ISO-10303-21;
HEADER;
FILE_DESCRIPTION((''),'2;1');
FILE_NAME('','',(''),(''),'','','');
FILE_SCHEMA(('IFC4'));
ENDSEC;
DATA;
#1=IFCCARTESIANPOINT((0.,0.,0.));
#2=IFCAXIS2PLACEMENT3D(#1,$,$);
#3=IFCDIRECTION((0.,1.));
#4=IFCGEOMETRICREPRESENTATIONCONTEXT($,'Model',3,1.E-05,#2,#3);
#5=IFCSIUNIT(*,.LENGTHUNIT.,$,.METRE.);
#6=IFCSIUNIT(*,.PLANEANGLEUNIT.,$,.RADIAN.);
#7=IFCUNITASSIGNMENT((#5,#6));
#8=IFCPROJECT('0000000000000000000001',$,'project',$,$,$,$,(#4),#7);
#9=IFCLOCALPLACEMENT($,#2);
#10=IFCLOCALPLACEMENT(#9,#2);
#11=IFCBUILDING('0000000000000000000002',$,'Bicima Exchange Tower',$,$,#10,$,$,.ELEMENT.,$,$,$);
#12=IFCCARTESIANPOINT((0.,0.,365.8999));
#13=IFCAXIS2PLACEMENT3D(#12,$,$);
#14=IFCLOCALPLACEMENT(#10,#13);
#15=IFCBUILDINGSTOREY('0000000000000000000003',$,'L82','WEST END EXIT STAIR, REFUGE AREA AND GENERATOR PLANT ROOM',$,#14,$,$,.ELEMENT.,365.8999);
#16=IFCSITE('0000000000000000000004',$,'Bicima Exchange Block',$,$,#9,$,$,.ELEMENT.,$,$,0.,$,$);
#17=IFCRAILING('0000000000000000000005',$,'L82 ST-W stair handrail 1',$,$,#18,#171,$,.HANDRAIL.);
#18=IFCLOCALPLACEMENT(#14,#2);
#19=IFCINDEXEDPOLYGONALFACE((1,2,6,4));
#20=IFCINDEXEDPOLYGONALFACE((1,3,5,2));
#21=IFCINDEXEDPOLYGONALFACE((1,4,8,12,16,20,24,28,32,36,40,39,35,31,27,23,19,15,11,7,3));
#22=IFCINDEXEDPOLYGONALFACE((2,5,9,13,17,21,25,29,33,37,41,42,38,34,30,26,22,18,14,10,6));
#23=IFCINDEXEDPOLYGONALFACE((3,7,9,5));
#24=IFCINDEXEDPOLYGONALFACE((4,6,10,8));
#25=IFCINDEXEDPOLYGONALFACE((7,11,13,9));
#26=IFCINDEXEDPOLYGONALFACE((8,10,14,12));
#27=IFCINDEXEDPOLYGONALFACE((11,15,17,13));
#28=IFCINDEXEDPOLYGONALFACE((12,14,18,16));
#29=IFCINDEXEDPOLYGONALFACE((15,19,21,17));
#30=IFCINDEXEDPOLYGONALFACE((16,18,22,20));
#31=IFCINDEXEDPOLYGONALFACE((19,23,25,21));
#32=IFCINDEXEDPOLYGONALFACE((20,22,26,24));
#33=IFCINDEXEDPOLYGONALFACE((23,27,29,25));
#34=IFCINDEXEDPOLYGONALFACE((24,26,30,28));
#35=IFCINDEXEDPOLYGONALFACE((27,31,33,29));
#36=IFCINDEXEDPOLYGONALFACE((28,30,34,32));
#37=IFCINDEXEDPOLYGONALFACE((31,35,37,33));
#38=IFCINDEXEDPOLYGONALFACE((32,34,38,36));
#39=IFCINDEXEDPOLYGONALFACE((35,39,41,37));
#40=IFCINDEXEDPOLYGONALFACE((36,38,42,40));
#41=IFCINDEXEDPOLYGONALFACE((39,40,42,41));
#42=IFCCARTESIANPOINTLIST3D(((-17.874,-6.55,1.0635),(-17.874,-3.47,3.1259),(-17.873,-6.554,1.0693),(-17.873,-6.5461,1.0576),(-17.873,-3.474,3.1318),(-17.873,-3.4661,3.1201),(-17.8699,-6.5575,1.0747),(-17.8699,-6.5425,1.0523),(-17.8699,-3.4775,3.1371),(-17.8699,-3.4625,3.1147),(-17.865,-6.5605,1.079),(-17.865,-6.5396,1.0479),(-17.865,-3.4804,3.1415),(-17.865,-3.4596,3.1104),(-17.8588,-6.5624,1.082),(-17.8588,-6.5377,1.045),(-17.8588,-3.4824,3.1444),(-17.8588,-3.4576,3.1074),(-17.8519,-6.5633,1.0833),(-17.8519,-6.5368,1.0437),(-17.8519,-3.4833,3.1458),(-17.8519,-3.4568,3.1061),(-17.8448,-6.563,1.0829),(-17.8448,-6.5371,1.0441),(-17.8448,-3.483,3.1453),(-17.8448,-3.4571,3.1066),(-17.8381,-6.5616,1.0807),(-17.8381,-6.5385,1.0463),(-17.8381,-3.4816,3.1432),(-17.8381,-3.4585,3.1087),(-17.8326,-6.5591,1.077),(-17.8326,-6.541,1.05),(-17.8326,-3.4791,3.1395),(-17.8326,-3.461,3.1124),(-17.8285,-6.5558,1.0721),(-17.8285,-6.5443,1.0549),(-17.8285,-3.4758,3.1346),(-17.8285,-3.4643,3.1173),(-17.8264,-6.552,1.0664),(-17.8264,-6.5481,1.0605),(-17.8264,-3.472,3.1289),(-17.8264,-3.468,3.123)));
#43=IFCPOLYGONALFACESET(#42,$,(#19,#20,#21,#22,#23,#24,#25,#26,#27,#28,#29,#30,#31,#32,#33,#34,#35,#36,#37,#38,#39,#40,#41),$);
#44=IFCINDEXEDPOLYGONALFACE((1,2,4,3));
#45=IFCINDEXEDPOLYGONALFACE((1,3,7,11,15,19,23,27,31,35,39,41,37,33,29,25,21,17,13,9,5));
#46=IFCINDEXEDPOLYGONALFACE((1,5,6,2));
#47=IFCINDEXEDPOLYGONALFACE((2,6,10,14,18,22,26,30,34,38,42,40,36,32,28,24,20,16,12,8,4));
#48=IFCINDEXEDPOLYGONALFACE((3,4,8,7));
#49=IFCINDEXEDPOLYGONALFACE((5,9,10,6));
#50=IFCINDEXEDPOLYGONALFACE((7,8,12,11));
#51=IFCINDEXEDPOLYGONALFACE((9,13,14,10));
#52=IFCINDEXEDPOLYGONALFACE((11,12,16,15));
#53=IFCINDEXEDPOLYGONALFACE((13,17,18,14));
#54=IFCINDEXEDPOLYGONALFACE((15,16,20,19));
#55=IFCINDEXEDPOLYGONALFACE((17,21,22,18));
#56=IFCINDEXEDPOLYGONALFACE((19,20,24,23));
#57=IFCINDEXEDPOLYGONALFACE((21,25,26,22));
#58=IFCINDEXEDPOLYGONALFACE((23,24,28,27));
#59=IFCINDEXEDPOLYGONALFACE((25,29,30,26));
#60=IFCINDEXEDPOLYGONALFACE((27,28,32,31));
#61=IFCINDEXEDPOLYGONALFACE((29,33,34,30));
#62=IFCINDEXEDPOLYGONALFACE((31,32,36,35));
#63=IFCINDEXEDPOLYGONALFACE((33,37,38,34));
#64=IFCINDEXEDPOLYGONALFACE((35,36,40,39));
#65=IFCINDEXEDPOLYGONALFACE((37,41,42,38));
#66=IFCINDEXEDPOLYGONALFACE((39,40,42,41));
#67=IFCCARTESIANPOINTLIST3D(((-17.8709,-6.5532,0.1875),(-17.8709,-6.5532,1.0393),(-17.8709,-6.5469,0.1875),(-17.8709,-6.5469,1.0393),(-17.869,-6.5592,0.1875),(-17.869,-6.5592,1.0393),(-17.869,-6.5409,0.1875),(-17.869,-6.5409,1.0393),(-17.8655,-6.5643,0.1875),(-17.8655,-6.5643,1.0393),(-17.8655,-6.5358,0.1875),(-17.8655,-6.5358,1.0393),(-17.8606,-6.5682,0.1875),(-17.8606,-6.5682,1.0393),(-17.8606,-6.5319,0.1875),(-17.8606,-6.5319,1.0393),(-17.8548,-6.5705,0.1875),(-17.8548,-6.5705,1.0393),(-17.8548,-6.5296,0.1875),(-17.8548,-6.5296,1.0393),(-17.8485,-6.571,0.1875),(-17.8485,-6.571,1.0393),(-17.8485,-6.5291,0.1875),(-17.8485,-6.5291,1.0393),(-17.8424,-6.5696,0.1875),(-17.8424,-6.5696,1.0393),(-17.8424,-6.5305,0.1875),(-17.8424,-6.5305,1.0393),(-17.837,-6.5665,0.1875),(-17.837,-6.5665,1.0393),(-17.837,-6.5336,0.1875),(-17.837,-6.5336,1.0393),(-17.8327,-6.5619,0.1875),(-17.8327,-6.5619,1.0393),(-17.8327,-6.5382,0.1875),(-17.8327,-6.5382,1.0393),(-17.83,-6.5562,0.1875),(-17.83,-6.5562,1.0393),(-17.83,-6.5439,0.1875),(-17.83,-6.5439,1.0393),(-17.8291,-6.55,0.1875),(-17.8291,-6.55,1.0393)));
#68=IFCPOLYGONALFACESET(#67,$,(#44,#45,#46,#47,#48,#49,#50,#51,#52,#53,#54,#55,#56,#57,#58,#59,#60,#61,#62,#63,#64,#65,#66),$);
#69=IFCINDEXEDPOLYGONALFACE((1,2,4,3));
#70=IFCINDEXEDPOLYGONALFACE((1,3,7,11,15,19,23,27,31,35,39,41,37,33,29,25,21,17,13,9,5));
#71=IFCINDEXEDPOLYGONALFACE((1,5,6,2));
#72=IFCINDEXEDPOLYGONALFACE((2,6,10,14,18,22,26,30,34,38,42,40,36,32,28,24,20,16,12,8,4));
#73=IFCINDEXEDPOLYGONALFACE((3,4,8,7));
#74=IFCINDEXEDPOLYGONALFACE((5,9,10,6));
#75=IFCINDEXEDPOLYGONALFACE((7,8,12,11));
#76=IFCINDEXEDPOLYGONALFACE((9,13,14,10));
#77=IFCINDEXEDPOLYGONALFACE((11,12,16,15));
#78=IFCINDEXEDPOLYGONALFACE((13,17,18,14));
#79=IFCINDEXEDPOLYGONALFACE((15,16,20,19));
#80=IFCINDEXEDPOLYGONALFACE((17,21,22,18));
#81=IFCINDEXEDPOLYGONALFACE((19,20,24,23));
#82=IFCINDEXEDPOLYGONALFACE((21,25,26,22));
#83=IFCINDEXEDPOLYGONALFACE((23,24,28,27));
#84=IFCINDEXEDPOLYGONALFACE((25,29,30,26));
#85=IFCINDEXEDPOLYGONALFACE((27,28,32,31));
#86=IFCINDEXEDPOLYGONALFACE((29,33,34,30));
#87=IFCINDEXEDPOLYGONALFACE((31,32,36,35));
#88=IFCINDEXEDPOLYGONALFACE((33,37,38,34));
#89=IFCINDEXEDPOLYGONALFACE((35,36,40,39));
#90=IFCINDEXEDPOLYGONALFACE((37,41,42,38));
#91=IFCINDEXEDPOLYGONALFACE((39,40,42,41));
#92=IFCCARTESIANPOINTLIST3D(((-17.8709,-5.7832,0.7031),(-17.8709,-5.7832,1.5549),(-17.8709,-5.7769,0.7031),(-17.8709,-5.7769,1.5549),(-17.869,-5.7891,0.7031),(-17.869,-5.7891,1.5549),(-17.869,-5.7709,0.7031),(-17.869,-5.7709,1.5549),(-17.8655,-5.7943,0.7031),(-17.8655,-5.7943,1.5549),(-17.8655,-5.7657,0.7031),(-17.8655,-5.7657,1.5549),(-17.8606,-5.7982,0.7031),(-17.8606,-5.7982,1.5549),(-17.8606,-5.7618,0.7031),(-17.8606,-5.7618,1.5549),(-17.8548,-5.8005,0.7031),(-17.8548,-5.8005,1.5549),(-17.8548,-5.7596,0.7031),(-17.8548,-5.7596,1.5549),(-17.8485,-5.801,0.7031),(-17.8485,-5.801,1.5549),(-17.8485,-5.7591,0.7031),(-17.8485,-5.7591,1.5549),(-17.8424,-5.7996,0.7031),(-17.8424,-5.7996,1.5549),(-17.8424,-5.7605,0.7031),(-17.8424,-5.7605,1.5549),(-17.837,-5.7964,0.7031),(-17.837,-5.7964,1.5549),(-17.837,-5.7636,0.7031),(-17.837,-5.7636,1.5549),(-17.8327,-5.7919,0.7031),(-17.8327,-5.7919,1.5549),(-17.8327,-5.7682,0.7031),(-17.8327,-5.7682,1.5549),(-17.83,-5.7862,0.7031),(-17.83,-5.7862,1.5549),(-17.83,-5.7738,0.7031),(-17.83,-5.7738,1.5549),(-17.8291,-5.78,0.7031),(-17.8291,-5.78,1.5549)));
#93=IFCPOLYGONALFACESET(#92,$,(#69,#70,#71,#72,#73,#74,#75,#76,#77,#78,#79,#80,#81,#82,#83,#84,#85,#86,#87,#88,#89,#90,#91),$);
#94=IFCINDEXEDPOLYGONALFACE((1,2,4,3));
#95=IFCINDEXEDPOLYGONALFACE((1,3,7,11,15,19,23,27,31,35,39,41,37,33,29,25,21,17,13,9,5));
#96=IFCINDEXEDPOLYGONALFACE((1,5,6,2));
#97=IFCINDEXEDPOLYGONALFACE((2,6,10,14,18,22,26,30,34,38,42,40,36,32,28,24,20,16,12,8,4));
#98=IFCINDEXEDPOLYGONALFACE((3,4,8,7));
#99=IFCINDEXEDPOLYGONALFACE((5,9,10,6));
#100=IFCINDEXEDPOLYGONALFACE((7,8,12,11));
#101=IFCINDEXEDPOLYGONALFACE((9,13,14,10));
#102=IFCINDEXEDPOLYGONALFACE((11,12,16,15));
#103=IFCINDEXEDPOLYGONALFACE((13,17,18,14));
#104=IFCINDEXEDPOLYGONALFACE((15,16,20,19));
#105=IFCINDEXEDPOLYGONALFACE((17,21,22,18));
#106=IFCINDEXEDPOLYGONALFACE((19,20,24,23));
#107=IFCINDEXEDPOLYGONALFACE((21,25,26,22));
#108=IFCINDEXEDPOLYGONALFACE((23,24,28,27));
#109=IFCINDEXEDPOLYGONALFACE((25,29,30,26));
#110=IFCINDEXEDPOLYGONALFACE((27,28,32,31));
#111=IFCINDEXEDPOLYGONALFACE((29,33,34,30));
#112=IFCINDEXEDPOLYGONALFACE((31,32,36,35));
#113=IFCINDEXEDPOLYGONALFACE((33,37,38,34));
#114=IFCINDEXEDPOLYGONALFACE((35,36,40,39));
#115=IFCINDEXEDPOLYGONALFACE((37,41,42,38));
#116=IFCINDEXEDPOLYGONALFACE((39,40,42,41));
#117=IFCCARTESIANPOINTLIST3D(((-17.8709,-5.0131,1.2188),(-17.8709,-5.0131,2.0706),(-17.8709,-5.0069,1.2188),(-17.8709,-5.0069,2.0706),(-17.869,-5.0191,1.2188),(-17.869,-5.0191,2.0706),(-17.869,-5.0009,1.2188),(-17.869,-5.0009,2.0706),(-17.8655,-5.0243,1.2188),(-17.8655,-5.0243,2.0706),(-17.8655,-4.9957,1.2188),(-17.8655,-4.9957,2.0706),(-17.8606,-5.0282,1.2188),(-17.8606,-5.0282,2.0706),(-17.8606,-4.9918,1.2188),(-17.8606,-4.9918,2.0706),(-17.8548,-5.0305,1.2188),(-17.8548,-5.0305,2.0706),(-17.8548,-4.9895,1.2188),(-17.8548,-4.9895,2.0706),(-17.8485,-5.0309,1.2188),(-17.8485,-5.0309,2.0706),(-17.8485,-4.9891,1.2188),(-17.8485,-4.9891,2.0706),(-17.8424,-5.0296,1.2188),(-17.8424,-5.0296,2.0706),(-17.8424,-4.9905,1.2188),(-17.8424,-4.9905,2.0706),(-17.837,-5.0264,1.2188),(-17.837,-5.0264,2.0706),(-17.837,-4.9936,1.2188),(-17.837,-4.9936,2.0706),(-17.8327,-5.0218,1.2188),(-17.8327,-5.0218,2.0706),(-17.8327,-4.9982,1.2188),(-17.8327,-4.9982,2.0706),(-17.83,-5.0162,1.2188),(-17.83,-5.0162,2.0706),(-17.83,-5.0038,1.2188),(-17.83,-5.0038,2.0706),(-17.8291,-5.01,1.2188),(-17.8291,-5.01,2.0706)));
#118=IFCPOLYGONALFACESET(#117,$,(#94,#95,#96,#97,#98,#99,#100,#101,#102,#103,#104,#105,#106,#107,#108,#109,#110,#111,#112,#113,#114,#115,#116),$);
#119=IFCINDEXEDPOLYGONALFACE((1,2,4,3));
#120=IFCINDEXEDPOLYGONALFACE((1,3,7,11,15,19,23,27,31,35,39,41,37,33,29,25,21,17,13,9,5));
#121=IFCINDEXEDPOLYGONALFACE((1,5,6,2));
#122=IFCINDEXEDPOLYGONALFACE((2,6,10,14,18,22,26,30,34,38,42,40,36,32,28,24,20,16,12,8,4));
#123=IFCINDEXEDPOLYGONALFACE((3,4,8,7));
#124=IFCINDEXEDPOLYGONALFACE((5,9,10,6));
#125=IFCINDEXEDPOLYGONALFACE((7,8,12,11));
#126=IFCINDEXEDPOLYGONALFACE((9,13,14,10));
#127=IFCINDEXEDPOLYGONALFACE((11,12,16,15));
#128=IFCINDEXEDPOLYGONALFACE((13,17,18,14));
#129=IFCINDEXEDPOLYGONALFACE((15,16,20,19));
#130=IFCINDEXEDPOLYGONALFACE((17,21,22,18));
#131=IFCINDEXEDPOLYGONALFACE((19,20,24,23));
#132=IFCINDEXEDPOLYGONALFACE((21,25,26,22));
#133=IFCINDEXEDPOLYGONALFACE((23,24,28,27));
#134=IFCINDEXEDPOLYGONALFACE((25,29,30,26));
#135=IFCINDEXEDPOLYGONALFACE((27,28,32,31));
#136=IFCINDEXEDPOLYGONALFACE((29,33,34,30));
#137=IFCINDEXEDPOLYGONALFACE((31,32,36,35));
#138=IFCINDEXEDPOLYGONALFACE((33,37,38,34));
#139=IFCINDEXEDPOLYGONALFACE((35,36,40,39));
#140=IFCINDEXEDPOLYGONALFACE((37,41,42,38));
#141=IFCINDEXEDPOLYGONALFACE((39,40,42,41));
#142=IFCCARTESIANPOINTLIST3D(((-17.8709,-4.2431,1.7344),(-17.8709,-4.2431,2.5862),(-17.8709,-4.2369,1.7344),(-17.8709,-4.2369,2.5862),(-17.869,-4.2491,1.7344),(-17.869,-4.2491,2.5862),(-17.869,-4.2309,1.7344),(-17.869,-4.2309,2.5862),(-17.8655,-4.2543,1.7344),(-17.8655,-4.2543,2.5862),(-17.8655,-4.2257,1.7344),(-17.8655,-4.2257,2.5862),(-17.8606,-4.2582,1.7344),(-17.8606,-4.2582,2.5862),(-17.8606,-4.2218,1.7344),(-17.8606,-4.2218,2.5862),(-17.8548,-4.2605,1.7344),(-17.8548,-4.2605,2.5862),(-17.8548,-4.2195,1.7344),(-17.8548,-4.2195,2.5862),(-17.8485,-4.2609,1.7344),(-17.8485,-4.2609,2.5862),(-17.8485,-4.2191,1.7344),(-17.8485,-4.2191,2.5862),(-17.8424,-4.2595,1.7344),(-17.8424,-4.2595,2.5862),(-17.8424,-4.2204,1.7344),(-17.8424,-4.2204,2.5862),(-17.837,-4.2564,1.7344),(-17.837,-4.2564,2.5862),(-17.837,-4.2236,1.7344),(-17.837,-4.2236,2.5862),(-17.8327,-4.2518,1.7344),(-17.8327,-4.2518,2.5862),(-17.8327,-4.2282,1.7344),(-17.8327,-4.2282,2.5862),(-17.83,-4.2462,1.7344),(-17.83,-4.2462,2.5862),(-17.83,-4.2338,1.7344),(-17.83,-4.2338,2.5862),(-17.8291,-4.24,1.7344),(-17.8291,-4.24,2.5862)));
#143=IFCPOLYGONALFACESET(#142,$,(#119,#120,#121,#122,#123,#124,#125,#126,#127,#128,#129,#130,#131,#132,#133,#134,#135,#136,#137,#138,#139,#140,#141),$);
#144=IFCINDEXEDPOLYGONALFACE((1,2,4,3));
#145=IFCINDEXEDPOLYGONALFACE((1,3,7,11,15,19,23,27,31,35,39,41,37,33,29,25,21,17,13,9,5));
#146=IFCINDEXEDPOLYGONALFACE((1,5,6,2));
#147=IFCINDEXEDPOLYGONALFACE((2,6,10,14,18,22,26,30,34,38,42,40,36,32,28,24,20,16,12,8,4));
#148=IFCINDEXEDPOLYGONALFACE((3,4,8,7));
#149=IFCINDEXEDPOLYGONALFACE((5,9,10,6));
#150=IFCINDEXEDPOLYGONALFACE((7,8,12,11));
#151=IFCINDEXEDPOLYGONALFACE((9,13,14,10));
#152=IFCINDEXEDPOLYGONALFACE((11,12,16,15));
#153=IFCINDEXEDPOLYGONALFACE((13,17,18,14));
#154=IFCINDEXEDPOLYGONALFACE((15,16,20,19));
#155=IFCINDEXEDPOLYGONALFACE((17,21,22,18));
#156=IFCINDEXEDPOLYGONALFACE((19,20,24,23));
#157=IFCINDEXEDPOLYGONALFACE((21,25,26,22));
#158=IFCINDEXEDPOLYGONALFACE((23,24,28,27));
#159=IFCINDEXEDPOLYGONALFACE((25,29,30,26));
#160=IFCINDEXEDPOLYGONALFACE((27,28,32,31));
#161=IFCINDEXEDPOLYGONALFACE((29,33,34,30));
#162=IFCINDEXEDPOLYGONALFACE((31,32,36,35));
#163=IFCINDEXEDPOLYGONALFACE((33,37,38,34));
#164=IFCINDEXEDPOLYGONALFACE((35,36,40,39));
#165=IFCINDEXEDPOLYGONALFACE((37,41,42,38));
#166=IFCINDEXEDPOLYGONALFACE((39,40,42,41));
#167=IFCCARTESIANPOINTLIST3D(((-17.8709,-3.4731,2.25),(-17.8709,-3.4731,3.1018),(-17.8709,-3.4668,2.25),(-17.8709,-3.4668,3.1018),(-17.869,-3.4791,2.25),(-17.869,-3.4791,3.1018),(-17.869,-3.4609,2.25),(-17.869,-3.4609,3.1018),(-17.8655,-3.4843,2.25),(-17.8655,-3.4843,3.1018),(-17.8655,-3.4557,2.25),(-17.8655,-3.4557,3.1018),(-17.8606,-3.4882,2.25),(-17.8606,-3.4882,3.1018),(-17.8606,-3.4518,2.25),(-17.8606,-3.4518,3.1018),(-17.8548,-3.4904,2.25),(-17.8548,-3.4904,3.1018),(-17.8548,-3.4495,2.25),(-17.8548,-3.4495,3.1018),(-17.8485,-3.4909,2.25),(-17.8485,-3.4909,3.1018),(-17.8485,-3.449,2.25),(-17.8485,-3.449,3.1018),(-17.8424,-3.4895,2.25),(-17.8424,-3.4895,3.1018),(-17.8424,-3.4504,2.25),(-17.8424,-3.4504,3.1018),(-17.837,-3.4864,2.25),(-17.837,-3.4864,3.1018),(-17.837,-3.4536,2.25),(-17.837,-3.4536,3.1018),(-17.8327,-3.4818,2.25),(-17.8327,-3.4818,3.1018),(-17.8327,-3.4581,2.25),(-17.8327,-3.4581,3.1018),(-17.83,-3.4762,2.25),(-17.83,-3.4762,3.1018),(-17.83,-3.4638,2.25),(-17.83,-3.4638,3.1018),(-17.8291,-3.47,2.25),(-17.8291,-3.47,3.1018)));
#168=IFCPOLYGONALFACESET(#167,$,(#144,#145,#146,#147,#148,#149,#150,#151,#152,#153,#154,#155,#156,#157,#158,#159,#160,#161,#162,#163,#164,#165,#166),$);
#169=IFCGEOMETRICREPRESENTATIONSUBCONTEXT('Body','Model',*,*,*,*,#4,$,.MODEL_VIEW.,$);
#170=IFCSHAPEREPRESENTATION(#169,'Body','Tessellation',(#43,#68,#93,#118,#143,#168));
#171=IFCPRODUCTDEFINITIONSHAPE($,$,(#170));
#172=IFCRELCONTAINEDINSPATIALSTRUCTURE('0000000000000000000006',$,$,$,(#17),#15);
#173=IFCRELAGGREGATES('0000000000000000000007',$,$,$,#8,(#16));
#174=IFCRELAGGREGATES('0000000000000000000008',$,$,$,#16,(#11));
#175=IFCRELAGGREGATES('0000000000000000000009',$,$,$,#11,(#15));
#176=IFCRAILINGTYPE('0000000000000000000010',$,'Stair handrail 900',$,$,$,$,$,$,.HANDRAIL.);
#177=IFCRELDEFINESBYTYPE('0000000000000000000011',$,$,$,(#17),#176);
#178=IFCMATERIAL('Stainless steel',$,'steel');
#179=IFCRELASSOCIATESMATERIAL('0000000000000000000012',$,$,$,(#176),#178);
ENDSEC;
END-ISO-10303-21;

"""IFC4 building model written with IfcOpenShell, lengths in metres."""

from ifc_helpers import new_model, si_unit, direction, frame, origin, origin_2d, place, context, subcontext, project, spatial, circle, extrude, material, type_object, element, save


model = new_model("IFC4")

# Units and contexts
model_context = context("Model", 3, precision=1e-05, world=origin(), true_north=direction((0.0, 1.0)))
body_context = subcontext(model_context, "Body", "Model", "MODEL_VIEW")
ifc_project = project(units=[si_unit("LENGTHUNIT", "METRE"), si_unit("PLANEANGLEUNIT", "RADIAN")], contexts=[model_context])

# Site, building, storey
site_placement = place(None, origin())
site = spatial("IfcSite", under=ifc_project, at=site_placement, Name="Bicima Exchange Block", CompositionType="ELEMENT", RefElevation=0.0)
building_placement = place(site_placement, origin())
building = spatial("IfcBuilding", under=site, at=building_placement, Name="Bicima Exchange Tower", CompositionType="ELEMENT")
storey_placement = place(building_placement, frame((0.0, 0.0, 365.8999)))
storey = spatial("IfcBuildingStorey", under=building, at=storey_placement, Name="L82", Description="WEST END EXIT STAIR, REFUGE AREA AND GENERATOR PLANT ROOM", CompositionType="ELEMENT", Elevation=365.8999)

# Shared definitions
ifc_material_1 = material(Name="Stainless steel", Category="steel")

# Railing
railing_type = type_object("IfcRailingType", Name="Stair handrail 900", PredefinedType="HANDRAIL", material=ifc_material_1)
railing_1_placement = place(storey_placement, frame((-17.8501, -6.55, 0.1875)))
element("IfcRailing", 1, at=railing_1_placement, inside=storey, type_object=railing_type, Name="L82 ST-W stair handrail 1", PredefinedType="HANDRAIL", context=body_context, shape_type="SweptSolid", body=[
    extrude(circle(Radius=0.0239, at=origin_2d()), frame((0.0, 0.0, 0.876), z_axis=(0.0, 0.830914, 0.556401), x_axis=(-1.0, 0.0, 0.0)), (0.0, 0.0, 1.0), 3.7068),
    extrude(circle(Radius=0.021, at=origin_2d()), origin(), (0.0, 0.0, 1.0), 0.8518),
    extrude(circle(Radius=0.021, at=origin_2d()), frame((0.0, 0.77, 0.5156)), (0.0, 0.0, 1.0), 0.8518),
    extrude(circle(Radius=0.021, at=origin_2d()), frame((0.0, 1.54, 1.0312)), (0.0, 0.0, 1.0), 0.8518),
    extrude(circle(Radius=0.021, at=origin_2d()), frame((0.0, 2.3101, 1.5469)), (0.0, 0.0, 1.0), 0.8518),
    extrude(circle(Radius=0.021, at=origin_2d()), frame((0.0, 3.0801, 2.0625)), (0.0, 0.0, 1.0), 0.8518),
])

save(model, "model.ifc")
